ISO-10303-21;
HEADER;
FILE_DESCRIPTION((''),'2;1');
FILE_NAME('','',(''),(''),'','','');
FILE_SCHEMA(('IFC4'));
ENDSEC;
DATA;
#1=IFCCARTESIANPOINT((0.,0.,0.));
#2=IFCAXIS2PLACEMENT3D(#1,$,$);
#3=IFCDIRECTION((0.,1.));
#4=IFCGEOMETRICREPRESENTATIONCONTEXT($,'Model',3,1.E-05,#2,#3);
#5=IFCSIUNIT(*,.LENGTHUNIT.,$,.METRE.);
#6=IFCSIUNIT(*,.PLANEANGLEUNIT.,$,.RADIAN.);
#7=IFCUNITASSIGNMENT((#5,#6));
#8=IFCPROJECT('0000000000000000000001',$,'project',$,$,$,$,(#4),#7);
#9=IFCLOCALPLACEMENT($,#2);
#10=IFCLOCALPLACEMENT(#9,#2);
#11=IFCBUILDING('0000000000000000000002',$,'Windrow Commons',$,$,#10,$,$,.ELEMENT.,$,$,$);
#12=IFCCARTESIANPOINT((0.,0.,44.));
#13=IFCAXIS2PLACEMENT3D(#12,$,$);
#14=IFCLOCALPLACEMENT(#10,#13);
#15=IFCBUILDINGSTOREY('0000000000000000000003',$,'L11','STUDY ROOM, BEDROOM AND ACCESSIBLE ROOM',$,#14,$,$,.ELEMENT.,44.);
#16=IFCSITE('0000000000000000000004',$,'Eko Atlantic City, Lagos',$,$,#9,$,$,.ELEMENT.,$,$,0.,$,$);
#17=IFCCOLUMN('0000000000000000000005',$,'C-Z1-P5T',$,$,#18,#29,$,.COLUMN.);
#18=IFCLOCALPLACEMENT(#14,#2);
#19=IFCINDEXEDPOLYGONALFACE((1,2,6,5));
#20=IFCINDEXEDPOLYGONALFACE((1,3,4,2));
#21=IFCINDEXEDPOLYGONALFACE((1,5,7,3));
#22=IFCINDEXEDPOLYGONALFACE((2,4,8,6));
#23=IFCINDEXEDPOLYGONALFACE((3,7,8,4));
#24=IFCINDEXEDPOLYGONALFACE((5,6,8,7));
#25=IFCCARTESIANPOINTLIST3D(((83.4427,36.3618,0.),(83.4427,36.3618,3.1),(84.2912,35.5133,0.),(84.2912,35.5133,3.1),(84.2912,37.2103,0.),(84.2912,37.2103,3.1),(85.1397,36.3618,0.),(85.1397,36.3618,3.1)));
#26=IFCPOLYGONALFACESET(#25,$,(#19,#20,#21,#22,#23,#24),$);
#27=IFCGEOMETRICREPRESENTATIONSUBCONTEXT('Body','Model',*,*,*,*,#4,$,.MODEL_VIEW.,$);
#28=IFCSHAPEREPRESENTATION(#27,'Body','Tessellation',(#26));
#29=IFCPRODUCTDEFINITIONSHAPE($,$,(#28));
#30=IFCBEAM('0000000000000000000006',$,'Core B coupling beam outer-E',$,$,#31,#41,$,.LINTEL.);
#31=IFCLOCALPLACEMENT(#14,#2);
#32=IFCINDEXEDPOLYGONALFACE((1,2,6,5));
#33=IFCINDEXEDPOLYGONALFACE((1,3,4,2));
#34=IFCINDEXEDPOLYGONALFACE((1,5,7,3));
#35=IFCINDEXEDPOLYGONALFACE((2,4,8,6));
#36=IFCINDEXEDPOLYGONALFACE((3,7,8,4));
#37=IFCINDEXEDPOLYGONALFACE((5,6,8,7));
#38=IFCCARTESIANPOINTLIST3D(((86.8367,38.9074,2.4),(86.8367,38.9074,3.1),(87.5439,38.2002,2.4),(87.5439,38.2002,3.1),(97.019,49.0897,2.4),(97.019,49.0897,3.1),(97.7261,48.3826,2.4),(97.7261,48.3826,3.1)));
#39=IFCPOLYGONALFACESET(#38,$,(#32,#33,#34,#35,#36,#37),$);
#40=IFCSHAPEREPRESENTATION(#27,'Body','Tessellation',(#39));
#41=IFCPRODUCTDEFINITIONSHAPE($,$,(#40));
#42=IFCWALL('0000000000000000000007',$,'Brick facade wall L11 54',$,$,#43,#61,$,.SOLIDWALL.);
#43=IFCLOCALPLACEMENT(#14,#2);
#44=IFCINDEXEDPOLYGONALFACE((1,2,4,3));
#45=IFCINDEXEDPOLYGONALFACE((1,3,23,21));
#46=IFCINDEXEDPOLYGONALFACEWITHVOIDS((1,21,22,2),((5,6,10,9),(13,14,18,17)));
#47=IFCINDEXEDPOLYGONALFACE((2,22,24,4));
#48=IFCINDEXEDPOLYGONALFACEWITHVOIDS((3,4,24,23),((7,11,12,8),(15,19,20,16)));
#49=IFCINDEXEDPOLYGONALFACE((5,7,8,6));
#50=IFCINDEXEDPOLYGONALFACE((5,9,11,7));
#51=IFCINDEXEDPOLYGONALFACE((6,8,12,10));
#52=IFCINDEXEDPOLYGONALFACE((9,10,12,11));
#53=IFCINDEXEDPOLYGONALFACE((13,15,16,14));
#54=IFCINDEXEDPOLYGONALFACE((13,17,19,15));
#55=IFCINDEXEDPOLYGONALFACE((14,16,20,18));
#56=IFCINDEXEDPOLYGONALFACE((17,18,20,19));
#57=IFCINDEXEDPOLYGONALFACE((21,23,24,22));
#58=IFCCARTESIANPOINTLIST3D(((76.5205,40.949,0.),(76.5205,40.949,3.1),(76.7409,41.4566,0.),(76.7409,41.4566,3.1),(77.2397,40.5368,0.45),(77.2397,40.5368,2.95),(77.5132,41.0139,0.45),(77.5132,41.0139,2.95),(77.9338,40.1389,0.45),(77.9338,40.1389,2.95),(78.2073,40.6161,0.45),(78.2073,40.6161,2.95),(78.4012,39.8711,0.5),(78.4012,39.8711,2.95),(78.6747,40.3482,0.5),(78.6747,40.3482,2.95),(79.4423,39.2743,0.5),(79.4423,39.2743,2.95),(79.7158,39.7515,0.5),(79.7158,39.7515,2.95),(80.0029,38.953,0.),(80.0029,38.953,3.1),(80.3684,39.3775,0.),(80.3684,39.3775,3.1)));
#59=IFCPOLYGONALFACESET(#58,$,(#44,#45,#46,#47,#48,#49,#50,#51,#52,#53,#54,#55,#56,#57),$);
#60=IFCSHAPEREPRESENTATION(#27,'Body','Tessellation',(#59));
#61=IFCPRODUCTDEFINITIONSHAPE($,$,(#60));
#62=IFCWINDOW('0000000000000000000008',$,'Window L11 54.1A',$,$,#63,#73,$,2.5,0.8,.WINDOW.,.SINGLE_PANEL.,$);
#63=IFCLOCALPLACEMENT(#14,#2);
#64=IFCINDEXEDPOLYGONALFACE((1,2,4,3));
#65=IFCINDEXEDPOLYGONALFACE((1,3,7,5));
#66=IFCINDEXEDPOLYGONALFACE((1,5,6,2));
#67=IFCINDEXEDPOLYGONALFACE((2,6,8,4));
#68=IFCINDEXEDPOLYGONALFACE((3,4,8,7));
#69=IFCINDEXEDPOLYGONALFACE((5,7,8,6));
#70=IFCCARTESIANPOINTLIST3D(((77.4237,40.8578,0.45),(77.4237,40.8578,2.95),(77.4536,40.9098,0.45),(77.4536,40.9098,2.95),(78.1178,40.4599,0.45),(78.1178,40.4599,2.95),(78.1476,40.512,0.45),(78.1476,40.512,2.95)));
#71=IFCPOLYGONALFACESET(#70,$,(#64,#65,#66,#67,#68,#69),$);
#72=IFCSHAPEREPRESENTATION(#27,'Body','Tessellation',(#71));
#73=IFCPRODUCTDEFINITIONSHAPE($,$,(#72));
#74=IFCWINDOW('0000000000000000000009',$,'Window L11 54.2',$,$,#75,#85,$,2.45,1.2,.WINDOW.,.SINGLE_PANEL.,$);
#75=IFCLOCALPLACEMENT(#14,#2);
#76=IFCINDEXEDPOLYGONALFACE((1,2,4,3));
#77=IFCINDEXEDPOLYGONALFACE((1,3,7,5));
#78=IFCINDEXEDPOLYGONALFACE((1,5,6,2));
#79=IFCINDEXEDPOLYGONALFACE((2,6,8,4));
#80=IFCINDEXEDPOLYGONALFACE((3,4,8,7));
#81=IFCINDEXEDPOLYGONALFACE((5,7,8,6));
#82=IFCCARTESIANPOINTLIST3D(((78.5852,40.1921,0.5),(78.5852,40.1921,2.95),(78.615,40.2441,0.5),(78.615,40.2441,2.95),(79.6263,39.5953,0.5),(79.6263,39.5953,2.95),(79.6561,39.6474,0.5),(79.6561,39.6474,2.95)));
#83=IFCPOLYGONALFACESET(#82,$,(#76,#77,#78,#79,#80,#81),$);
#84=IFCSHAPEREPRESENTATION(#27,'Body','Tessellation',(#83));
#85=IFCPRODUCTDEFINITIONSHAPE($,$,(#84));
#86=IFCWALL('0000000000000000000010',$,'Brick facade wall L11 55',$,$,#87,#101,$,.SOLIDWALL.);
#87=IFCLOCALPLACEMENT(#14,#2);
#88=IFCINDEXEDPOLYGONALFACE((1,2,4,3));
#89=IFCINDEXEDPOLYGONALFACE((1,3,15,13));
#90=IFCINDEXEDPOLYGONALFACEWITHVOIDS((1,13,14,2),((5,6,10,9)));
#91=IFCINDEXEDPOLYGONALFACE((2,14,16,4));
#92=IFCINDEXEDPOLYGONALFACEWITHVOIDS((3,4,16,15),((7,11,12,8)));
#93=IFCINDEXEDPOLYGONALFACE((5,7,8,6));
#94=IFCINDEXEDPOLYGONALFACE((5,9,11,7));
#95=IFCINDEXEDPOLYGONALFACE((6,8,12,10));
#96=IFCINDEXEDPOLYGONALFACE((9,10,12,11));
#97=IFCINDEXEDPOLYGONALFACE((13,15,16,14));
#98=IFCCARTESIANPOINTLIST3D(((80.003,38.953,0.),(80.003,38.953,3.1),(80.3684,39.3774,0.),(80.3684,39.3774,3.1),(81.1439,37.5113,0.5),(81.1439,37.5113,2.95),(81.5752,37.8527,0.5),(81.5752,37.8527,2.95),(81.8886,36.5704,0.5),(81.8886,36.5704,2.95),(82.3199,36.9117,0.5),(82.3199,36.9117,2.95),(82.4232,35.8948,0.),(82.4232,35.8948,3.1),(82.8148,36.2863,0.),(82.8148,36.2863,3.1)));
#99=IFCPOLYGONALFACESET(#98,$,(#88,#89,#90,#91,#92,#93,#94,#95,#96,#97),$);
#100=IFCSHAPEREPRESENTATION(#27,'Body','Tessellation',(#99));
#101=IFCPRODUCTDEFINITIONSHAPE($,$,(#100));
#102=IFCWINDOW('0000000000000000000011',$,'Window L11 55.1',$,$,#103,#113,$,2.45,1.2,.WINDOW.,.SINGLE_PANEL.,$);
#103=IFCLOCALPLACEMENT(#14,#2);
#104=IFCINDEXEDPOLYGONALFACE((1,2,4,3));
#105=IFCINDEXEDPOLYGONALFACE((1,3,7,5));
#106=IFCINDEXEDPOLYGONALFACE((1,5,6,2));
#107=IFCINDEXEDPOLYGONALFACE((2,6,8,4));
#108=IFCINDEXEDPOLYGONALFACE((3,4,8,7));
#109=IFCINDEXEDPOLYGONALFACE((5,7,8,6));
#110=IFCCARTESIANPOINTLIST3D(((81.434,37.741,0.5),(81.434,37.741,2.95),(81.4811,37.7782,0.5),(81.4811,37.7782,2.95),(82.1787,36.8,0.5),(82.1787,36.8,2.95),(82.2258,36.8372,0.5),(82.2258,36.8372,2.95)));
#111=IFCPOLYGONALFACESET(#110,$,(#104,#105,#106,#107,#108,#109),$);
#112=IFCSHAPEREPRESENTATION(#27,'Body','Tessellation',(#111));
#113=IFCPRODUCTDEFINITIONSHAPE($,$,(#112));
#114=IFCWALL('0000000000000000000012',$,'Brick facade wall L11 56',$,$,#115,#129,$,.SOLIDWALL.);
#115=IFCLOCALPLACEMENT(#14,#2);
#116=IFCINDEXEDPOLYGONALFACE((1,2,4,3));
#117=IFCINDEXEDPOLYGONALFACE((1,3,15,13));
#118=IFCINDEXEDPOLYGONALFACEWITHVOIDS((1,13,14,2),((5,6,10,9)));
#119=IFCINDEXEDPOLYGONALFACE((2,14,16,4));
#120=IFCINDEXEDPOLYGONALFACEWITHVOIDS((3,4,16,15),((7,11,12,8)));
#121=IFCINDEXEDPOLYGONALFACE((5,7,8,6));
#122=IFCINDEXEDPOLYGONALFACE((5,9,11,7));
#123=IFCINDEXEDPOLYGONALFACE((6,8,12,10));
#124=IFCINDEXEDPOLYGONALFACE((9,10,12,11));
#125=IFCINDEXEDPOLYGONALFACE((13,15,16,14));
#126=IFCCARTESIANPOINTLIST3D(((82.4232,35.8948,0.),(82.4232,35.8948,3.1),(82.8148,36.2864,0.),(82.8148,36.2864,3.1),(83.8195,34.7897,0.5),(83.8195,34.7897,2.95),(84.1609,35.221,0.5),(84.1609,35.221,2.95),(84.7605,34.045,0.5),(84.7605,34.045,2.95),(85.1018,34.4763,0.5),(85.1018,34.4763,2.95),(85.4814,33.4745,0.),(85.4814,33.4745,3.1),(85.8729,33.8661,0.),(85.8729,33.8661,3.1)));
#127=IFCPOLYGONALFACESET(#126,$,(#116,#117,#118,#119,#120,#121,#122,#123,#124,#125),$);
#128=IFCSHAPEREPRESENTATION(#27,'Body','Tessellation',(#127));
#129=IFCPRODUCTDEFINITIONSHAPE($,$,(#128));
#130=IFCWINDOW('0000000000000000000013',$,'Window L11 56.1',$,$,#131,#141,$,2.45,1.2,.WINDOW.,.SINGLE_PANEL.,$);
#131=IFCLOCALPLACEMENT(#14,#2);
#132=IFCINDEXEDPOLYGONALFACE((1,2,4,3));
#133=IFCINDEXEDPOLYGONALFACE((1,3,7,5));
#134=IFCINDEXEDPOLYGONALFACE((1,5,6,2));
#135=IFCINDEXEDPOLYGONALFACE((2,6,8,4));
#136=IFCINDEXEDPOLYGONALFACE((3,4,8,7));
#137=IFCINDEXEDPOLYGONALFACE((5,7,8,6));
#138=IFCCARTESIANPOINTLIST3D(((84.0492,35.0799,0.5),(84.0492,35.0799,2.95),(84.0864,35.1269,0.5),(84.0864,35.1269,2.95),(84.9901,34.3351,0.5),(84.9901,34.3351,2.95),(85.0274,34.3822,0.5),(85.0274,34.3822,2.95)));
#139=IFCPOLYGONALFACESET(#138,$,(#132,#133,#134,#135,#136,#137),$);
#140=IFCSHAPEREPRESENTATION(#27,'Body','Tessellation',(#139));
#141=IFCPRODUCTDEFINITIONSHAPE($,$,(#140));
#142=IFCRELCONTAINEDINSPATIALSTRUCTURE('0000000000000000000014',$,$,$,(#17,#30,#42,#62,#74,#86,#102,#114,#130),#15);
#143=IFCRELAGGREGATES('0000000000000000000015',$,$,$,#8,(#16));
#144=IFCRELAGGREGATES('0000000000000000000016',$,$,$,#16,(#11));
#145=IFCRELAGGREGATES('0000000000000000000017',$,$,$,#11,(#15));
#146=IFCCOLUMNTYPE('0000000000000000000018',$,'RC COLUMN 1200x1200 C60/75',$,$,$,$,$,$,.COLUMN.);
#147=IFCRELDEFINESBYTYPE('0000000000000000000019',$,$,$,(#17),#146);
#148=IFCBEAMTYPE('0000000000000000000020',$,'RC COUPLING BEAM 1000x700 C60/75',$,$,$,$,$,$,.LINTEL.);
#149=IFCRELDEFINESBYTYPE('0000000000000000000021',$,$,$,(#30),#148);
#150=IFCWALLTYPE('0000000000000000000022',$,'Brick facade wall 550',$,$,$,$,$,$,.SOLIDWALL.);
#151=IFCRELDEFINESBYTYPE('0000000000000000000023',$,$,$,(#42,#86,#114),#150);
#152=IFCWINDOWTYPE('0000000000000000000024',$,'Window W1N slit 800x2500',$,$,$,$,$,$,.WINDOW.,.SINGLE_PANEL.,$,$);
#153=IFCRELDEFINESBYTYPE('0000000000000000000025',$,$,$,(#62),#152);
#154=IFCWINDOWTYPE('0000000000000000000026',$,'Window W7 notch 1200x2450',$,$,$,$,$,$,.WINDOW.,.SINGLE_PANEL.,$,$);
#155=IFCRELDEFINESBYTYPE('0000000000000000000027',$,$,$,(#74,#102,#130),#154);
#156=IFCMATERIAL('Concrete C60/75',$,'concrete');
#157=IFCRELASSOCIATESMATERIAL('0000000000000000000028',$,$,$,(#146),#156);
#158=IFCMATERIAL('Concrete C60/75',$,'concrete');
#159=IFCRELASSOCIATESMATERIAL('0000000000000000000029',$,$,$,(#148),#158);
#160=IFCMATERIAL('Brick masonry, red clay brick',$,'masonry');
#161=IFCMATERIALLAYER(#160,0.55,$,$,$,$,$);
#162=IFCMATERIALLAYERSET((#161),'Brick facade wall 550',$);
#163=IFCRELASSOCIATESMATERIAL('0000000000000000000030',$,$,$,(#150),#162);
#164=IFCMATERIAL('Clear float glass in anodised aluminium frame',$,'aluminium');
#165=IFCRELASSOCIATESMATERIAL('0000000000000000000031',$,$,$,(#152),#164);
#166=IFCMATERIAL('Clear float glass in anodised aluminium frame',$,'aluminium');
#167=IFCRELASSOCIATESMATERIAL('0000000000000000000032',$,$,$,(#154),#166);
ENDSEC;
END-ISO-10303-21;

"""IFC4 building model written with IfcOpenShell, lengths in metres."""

from ifc_helpers import new_model, si_unit, direction, frame, frame_2d, origin, origin_2d, place, context, subcontext, project, spatial, polyline, rectangle, outline, extrude, material, layer, layer_set, material_profile, profile_set, type_object, element, fill, save


model = new_model("IFC4")

# Units and contexts
model_context = context("Model", 3, precision=1e-05, world=origin(), true_north=direction((0.0, 1.0)))
body_context = subcontext(model_context, "Body", "Model", "MODEL_VIEW")
ifc_project = project(units=[si_unit("LENGTHUNIT", "METRE"), si_unit("PLANEANGLEUNIT", "RADIAN")], contexts=[model_context])

# Site, building, storey
site_placement = place(None, origin())
site = spatial("IfcSite", under=ifc_project, at=site_placement, Name="Eko Atlantic City, Lagos", CompositionType="ELEMENT", RefElevation=0.0)
building_placement = place(site_placement, origin())
building = spatial("IfcBuilding", under=site, at=building_placement, Name="Windrow Commons", CompositionType="ELEMENT")
storey_placement = place(building_placement, frame((0.0, 0.0, 44.0)))
storey = spatial("IfcBuildingStorey", under=building, at=storey_placement, Name="L11", Description="STUDY ROOM, BEDROOM AND ACCESSIBLE ROOM", CompositionType="ELEMENT", Elevation=44.0)

# Column
ifc_material_1 = material(Name="Concrete C60/75", Category="concrete")
ifc_material_profile_1 = material_profile(ifc_material_1, rectangle(XDim=1.2, YDim=1.2, at=origin_2d()))
ifc_profile_set_1 = profile_set([ifc_material_profile_1], Name="Concrete C60/75")
column_type = type_object("IfcColumnType", Name="RC COLUMN 1200x1200 C60/75", PredefinedType="COLUMN", material=ifc_profile_set_1)
column_placement = place(storey_placement, frame((84.2912, 36.3618, 0.0), z_axis=(0.0, 0.0, 1.0), x_axis=(0.707107, -0.707107, 0.0)))
element("IfcColumn", 1, at=column_placement, inside=storey, type_object=column_type, Name="C-Z1-P5T", PredefinedType="COLUMN", context=body_context, shape_type="SweptSolid", body=[
    extrude(rectangle(XDim=1.2, YDim=1.2, at=origin_2d()), origin(), (0.0, 0.0, 1.0), 3.1),
])

# Beam
ifc_material_2 = material(Name="Concrete C60/75", Category="concrete")
ifc_material_profile_2 = material_profile(ifc_material_2, rectangle(XDim=1.0, YDim=0.7, at=origin_2d()))
ifc_profile_set_2 = profile_set([ifc_material_profile_2], Name="Concrete C60/75")
beam_type = type_object("IfcBeamType", Name="RC COUPLING BEAM 1000x700 C60/75", PredefinedType="LINTEL", material=ifc_profile_set_2)
beam_placement = place(storey_placement, frame((87.1903, 38.5538, 2.75), z_axis=(0.707103, 0.70711, 0.0), x_axis=(-0.70711, 0.707103, 0.0)))
element("IfcBeam", 2, at=beam_placement, inside=storey, type_object=beam_type, Name="Core B coupling beam outer-E", PredefinedType="LINTEL", context=body_context, shape_type="SweptSolid", body=[
    extrude(rectangle(XDim=1.0, YDim=0.7, at=origin_2d()), origin(), (0.0, 0.0, 1.0), 14.4),
])

# Wall, openings, windows
ifc_material_3 = material(Name="Brick masonry, red clay brick", Category="masonry")
ifc_layer_1 = layer(ifc_material_3, 0.55)
ifc_layer_set_1 = layer_set([ifc_layer_1], Name="Brick facade wall 550")
wall_type_1 = type_object("IfcWallType", Name="Brick facade wall 550", PredefinedType="SOLIDWALL", material=ifc_layer_set_1)
wall_1_placement = place(storey_placement, frame((76.6307, 41.2028, 0.0), z_axis=(0.0, 0.0, 1.0), x_axis=(0.867594, -0.497274, 0.0)))
wall_1 = element("IfcWall", 3, at=wall_1_placement, inside=storey, type_object=wall_type_1, Name="Brick facade wall L11 54", PredefinedType="SOLIDWALL", context=body_context, shape_type="SweptSolid", body=[
    extrude(outline(polyline([(0.0306, -0.275), (4.0445, -0.275), (4.1505, 0.275), (-0.0306, 0.275), (0.0306, -0.275)])), origin(), (0.0, 0.0, 1.0), 3.1),
])
opening_1_placement = place(wall_1_placement, frame((2.1983, 0.0, 0.5)))
opening_1 = element("IfcOpeningElement", 4, at=opening_1_placement, cuts=wall_1, PredefinedType="OPENING", context=body_context, shape_type="SweptSolid", body=[
    extrude(rectangle(XDim=1.2, YDim=2.45, at=frame_2d((0.6, 1.225))), frame((0.0, 0.285, 0.0), z_axis=(0.0, -1.0, 0.0), x_axis=(1.0, 0.0, 0.0)), (0.0, 0.0, 1.0), 0.57),
])
opening_2_placement = place(wall_1_placement, frame((0.8596, 0.0, 0.45)))
opening_2 = element("IfcOpeningElement", 5, at=opening_2_placement, cuts=wall_1, PredefinedType="OPENING", context=body_context, shape_type="SweptSolid", body=[
    extrude(rectangle(XDim=0.8, YDim=2.5, at=frame_2d((0.4, 1.25))), frame((0.0, 0.285, 0.0), z_axis=(0.0, -1.0, 0.0), x_axis=(1.0, 0.0, 0.0)), (0.0, 0.0, 1.0), 0.57),
])
ifc_material_4 = material(Name="Clear float glass in anodised aluminium frame", Category="aluminium")
window_type_1 = type_object("IfcWindowType", Name="Window W1N slit 800x2500", PartitioningType="SINGLE_PANEL", PredefinedType="WINDOW", material=ifc_material_4)
window_1_placement = place(opening_2_placement, origin())
window_1 = element("IfcWindow", 6, at=window_1_placement, inside=storey, type_object=window_type_1, Name="Window L11 54.1A", OverallHeight=2.5, OverallWidth=0.8, PartitioningType="SINGLE_PANEL", PredefinedType="WINDOW", context=body_context, shape_type="SweptSolid", body=[
    extrude(rectangle(XDim=0.8, YDim=2.5, at=frame_2d((0.4, 1.25))), frame((0.0, 0.155, 0.0), z_axis=(0.0, -1.0, 0.0), x_axis=(1.0, 0.0, 0.0)), (0.0, 0.0, 1.0), 0.06),
])
fill(opening_2, window_1)
ifc_material_5 = material(Name="Clear float glass in anodised aluminium frame", Category="aluminium")
window_type_2 = type_object("IfcWindowType", Name="Window W7 notch 1200x2450", PartitioningType="SINGLE_PANEL", PredefinedType="WINDOW", material=ifc_material_5)
window_2_placement = place(opening_1_placement, origin())
window_2 = element("IfcWindow", 7, at=window_2_placement, inside=storey, type_object=window_type_2, Name="Window L11 54.2", OverallHeight=2.45, OverallWidth=1.2, PartitioningType="SINGLE_PANEL", PredefinedType="WINDOW", context=body_context, shape_type="SweptSolid", body=[
    extrude(rectangle(XDim=1.2, YDim=2.45, at=frame_2d((0.6, 1.225))), frame((0.0, 0.155, 0.0), z_axis=(0.0, -1.0, 0.0), x_axis=(1.0, 0.0, 0.0)), (0.0, 0.0, 1.0), 0.06),
])
fill(opening_1, window_2)

# Walls, openings, windows
wall_2_placement = place(storey_placement, frame((80.1857, 39.1652, 0.0), z_axis=(0.0, 0.0, 1.0), x_axis=(0.620584, -0.78414, 0.0)))
wall_2 = element("IfcWall", 8, at=wall_2_placement, inside=storey, type_object=wall_type_1, Name="Brick facade wall L11 55", PredefinedType="SOLIDWALL", context=body_context, shape_type="SweptSolid", body=[
    extrude(outline(polyline([(0.053, -0.275), (3.953, -0.275), (3.889, 0.275), (-0.053, 0.275), (0.053, -0.275)])), origin(), (0.0, 0.0, 1.0), 3.1),
])
opening_3_placement = place(wall_2_placement, frame((1.8915, 0.0, 0.5)))
opening_3 = element("IfcOpeningElement", 9, at=opening_3_placement, cuts=wall_2, PredefinedType="OPENING", context=body_context, shape_type="SweptSolid", body=[
    extrude(rectangle(XDim=1.2, YDim=2.45, at=frame_2d((0.6, 1.225))), frame((0.0, 0.285, 0.0), z_axis=(0.0, -1.0, 0.0), x_axis=(1.0, 0.0, 0.0)), (0.0, 0.0, 1.0), 0.57),
])
window_3_placement = place(opening_3_placement, origin())
window_3 = element("IfcWindow", 10, at=window_3_placement, inside=storey, type_object=window_type_2, Name="Window L11 55.1", OverallHeight=2.45, OverallWidth=1.2, PartitioningType="SINGLE_PANEL", PredefinedType="WINDOW", context=body_context, shape_type="SweptSolid", body=[
    extrude(rectangle(XDim=1.2, YDim=2.45, at=frame_2d((0.6, 1.225))), frame((0.0, 0.155, 0.0), z_axis=(0.0, -1.0, 0.0), x_axis=(1.0, 0.0, 0.0)), (0.0, 0.0, 1.0), 0.06),
])
fill(opening_3, window_3)
wall_3_placement = place(storey_placement, frame((82.619, 36.0906, 0.0), z_axis=(0.0, 0.0, 1.0), x_axis=(0.784133, -0.620593, 0.0)))
wall_3 = element("IfcWall", 11, at=wall_3_placement, inside=storey, type_object=wall_type_1, Name="Brick facade wall L11 56", PredefinedType="SOLIDWALL", context=body_context, shape_type="SweptSolid", body=[
    extrude(outline(polyline([(-0.032, -0.275), (3.868, -0.275), (3.932, 0.275), (0.032, 0.275), (-0.032, -0.275)])), origin(), (0.0, 0.0, 1.0), 3.1),
])
opening_4_placement = place(wall_3_placement, frame((1.7487, 0.0, 0.5)))
opening_4 = element("IfcOpeningElement", 12, at=opening_4_placement, cuts=wall_3, PredefinedType="OPENING", context=body_context, shape_type="SweptSolid", body=[
    extrude(rectangle(XDim=1.2, YDim=2.45, at=frame_2d((0.6, 1.225))), frame((0.0, 0.285, 0.0), z_axis=(0.0, -1.0, 0.0), x_axis=(1.0, 0.0, 0.0)), (0.0, 0.0, 1.0), 0.57),
])
window_4_placement = place(opening_4_placement, origin())
window_4 = element("IfcWindow", 13, at=window_4_placement, inside=storey, type_object=window_type_2, Name="Window L11 56.1", OverallHeight=2.45, OverallWidth=1.2, PartitioningType="SINGLE_PANEL", PredefinedType="WINDOW", context=body_context, shape_type="SweptSolid", body=[
    extrude(rectangle(XDim=1.2, YDim=2.45, at=frame_2d((0.6, 1.225))), frame((0.0, 0.155, 0.0), z_axis=(0.0, -1.0, 0.0), x_axis=(1.0, 0.0, 0.0)), (0.0, 0.0, 1.0), 0.06),
])
fill(opening_4, window_4)

save(model, "model.ifc")
